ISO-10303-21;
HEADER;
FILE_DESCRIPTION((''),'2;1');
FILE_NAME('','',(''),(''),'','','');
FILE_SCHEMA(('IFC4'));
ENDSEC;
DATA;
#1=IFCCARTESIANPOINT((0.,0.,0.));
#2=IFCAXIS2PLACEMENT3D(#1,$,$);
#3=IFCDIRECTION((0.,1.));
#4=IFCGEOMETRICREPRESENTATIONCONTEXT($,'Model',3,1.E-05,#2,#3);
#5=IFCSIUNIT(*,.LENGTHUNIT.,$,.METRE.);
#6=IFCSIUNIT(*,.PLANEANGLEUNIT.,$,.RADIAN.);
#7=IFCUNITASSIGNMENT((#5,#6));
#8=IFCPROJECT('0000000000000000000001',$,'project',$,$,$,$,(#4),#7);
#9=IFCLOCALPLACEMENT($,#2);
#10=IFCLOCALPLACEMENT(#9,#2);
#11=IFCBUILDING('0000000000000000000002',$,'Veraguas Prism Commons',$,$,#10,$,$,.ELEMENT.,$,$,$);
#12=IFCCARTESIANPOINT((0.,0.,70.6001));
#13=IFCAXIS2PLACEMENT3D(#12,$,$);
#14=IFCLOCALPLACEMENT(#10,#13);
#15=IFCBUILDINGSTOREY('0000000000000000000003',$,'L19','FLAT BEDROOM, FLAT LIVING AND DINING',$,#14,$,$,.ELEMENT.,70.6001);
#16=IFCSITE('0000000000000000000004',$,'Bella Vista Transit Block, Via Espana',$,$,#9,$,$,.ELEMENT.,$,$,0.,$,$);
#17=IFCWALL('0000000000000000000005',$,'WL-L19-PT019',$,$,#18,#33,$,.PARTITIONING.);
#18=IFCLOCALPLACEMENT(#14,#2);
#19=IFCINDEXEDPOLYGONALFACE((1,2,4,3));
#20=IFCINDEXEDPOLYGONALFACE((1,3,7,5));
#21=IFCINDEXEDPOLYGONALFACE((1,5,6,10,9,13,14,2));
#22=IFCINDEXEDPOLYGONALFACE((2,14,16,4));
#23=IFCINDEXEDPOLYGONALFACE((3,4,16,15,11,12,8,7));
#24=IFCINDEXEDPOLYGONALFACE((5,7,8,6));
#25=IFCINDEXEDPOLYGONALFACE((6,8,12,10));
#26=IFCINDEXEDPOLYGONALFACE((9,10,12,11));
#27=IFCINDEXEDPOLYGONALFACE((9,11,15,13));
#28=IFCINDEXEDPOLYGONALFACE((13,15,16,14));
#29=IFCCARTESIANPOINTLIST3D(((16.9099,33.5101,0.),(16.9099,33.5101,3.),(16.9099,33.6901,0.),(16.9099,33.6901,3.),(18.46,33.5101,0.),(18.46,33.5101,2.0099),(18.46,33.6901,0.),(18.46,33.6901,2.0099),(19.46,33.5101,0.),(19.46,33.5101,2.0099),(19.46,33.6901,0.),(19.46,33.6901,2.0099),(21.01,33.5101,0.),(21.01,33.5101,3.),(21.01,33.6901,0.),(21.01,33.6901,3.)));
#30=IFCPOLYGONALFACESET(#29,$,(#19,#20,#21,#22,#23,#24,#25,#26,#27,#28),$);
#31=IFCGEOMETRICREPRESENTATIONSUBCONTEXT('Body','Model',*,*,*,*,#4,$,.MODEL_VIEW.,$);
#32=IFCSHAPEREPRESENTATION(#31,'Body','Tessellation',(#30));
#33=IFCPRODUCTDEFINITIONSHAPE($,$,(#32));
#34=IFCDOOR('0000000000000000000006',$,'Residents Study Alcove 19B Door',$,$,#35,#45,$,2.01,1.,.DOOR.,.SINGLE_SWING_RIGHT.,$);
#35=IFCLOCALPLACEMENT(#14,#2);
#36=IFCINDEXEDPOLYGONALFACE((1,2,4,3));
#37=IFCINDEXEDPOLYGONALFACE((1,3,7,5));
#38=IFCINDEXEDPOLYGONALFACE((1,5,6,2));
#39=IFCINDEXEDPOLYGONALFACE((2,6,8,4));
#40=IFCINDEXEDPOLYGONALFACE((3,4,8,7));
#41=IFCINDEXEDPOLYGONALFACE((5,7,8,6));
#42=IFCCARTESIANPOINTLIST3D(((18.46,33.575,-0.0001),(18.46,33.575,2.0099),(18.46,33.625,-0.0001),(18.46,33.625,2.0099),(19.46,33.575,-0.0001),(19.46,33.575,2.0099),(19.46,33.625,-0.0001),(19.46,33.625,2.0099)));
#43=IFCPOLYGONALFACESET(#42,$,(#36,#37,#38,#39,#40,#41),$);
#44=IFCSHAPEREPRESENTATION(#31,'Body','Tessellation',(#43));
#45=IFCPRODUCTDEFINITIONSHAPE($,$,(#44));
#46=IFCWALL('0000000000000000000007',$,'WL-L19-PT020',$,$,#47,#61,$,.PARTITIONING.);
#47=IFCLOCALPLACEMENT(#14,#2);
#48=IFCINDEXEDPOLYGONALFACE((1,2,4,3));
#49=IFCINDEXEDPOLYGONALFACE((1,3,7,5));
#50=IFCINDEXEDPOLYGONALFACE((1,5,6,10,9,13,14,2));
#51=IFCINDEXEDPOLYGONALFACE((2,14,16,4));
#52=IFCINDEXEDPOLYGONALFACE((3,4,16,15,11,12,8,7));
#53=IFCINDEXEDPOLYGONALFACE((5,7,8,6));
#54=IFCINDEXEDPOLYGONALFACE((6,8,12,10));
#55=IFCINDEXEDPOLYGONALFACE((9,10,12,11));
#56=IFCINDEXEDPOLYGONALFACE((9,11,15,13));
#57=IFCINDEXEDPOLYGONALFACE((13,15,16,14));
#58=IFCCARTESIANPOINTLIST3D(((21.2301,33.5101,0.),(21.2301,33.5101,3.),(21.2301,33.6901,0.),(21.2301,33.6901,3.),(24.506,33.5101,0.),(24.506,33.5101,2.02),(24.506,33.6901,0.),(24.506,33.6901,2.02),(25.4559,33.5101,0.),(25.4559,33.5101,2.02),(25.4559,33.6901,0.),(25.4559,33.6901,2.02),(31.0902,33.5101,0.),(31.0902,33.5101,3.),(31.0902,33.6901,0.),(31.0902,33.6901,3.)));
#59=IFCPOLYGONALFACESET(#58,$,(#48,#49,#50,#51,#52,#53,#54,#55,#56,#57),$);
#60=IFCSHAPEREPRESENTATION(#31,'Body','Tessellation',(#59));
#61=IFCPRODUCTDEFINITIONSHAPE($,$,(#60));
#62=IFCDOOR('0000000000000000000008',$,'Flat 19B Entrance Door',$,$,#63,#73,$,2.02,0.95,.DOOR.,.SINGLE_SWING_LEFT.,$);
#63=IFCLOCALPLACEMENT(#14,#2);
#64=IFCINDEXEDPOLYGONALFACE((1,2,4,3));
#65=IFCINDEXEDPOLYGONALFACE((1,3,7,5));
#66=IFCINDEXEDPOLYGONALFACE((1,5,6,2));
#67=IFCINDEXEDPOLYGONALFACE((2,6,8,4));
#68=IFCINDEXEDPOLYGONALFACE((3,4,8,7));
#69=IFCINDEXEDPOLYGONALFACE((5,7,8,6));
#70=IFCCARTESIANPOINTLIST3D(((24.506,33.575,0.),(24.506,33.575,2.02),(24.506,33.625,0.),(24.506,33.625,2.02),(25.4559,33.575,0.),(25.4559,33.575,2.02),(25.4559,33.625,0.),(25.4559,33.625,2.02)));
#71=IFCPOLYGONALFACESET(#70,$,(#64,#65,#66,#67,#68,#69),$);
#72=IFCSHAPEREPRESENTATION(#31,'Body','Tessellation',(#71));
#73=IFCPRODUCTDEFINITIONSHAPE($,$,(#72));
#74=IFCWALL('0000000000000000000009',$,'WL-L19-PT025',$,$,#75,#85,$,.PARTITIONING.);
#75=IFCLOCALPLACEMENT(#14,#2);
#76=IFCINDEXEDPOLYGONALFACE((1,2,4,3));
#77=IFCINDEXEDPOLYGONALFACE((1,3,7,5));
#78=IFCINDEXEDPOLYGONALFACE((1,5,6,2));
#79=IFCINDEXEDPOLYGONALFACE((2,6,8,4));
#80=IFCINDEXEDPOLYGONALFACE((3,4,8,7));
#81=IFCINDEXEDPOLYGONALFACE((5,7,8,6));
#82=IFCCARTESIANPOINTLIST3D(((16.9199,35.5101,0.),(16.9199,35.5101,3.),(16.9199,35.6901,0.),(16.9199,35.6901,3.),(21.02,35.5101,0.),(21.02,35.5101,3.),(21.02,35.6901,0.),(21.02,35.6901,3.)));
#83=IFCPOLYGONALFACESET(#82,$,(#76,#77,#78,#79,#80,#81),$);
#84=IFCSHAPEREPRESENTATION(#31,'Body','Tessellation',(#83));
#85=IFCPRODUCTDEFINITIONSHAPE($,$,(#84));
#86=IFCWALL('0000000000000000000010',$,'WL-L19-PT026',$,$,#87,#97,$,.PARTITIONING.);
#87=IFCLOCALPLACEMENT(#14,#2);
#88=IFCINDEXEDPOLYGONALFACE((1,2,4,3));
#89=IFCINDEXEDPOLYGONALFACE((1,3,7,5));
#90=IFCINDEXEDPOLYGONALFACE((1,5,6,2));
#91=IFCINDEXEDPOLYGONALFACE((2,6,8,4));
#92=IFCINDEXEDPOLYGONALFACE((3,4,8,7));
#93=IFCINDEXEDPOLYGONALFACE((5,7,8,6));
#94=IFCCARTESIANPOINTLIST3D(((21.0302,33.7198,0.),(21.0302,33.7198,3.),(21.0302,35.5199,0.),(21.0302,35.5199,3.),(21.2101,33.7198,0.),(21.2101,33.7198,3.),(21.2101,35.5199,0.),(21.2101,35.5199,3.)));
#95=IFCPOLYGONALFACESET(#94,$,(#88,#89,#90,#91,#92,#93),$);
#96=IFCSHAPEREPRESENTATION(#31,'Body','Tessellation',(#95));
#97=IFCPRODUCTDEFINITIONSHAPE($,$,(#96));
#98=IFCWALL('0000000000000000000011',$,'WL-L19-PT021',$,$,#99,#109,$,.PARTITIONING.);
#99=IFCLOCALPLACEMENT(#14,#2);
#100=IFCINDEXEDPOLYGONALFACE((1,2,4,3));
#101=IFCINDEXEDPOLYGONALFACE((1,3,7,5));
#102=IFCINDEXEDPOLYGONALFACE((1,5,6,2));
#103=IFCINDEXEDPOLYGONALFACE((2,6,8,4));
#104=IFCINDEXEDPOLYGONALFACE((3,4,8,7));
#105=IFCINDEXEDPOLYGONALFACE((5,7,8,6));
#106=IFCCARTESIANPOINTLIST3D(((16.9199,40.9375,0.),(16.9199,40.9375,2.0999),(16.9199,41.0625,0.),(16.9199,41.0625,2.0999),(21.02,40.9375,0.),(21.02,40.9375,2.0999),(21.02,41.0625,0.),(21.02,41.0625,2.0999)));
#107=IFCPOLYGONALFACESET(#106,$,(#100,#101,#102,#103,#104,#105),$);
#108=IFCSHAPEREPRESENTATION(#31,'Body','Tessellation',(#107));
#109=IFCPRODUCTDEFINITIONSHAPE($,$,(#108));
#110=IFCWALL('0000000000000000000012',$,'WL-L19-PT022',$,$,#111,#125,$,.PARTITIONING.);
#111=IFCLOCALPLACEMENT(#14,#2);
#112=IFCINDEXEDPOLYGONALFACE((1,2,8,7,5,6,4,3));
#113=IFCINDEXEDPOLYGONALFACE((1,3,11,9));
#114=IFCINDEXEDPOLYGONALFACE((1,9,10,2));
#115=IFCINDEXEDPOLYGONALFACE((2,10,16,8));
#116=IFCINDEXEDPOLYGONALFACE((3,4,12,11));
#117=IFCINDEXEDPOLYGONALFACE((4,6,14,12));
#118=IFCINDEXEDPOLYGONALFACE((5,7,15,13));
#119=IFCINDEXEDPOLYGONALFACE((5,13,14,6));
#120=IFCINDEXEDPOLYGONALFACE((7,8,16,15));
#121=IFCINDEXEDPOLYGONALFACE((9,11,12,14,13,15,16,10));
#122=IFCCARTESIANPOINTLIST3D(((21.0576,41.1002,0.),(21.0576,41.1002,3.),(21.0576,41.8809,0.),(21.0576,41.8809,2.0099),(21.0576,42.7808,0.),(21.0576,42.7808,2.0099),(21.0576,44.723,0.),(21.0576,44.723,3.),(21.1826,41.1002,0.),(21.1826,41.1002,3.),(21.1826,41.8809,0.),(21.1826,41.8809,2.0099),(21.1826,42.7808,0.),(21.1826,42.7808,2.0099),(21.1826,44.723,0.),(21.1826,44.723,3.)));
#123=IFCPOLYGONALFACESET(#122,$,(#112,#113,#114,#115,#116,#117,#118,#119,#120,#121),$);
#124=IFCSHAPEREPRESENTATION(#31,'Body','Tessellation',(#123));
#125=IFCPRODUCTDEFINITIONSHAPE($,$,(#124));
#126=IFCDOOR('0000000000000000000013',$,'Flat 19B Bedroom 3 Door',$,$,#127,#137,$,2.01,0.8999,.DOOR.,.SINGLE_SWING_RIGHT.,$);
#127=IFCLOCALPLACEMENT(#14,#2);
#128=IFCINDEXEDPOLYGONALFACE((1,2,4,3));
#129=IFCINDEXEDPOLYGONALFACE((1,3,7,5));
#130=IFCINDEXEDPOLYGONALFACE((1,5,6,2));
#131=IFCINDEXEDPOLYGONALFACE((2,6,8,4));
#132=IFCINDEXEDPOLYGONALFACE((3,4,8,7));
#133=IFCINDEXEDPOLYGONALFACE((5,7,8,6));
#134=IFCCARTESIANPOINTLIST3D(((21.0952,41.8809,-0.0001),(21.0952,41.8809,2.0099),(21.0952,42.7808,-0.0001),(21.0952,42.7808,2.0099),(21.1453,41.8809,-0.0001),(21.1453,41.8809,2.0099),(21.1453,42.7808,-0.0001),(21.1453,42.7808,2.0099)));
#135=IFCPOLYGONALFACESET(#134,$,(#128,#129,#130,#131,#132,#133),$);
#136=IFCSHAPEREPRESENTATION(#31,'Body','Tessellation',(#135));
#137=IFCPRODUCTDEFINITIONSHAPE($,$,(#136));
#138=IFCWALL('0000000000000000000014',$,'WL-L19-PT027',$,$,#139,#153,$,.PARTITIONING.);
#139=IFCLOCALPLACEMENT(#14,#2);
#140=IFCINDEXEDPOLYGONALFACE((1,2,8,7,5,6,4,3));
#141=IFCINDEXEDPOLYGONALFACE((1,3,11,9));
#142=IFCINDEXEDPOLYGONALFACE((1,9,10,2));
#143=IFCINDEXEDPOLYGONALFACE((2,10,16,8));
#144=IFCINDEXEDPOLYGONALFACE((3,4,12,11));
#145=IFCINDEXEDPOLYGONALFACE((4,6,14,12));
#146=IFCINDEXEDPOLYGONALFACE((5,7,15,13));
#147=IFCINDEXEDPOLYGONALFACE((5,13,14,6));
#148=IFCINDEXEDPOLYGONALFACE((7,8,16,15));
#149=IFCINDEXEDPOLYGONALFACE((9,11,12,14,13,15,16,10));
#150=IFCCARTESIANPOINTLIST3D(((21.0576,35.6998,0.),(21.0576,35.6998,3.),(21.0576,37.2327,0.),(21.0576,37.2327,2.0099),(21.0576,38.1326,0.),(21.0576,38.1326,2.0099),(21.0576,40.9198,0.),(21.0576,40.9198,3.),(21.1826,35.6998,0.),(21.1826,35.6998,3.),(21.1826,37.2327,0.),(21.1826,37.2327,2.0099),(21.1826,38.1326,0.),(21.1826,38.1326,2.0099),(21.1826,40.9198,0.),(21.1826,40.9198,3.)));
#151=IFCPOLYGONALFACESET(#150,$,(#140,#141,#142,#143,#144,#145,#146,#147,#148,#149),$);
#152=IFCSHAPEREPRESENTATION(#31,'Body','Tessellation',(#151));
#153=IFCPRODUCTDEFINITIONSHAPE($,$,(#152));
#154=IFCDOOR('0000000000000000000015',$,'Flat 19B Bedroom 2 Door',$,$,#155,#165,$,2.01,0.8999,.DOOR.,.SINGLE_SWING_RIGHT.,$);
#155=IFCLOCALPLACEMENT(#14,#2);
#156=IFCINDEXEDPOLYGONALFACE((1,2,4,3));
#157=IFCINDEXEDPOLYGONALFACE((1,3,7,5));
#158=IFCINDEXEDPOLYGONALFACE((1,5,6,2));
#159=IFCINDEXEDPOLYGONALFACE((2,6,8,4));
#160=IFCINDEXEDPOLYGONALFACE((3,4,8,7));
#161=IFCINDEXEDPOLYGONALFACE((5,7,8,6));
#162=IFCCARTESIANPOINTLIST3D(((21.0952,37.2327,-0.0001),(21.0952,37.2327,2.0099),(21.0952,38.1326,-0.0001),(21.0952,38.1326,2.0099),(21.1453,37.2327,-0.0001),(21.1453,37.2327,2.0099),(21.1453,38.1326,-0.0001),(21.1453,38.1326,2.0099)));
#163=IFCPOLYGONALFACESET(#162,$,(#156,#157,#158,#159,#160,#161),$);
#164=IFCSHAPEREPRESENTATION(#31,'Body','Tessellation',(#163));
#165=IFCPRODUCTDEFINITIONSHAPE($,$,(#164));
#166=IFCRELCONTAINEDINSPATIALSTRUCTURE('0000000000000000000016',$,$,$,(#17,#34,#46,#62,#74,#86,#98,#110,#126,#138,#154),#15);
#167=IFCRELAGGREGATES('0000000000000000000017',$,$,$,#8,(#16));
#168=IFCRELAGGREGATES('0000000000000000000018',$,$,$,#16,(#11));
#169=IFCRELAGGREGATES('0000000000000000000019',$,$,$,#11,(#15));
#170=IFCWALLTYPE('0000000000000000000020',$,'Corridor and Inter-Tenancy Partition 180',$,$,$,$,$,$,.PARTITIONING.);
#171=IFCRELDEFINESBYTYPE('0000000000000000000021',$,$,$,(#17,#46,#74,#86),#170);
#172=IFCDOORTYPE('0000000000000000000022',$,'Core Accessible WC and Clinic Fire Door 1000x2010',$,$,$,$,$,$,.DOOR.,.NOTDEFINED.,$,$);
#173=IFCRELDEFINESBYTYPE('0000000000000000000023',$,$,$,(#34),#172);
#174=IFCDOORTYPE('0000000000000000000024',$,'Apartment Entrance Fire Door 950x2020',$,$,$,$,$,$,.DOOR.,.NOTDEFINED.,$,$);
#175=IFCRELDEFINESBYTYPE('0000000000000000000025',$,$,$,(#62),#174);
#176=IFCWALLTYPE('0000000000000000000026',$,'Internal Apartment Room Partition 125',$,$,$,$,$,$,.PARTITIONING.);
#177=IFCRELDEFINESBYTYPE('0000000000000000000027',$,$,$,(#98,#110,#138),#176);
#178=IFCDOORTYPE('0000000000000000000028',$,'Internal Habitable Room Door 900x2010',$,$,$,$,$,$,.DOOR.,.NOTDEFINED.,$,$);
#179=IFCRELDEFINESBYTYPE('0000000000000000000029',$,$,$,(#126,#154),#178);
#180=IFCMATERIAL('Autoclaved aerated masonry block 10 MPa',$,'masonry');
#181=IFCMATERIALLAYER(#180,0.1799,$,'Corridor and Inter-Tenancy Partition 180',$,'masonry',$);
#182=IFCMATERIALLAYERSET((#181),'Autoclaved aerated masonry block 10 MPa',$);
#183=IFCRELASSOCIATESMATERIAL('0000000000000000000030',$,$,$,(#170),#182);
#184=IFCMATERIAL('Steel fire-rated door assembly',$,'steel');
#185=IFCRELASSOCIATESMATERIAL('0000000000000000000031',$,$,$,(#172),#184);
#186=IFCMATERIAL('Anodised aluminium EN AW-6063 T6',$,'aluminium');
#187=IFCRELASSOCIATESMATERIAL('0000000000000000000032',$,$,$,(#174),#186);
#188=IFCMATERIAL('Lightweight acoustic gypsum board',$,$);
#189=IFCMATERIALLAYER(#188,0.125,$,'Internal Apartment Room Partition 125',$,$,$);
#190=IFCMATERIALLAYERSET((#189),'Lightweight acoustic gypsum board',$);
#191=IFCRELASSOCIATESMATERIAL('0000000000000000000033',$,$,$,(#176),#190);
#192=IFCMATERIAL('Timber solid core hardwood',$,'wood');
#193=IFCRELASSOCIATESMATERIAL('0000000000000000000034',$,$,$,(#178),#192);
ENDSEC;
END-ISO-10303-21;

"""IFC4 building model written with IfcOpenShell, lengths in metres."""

from ifc_helpers import new_model, si_unit, direction, frame, frame_2d, origin, place, context, subcontext, project, spatial, rectangle, extrude, source, transform, mapped, material, layer, layer_set, type_object, element, fill, save


model = new_model("IFC4")

# Units and contexts
model_context = context("Model", 3, precision=1e-05, world=origin(), true_north=direction((0.0, 1.0)))
body_context = subcontext(model_context, "Body", "Model", "MODEL_VIEW")
ifc_project = project(units=[si_unit("LENGTHUNIT", "METRE"), si_unit("PLANEANGLEUNIT", "RADIAN")], contexts=[model_context])

# Site, building, storey
site_placement = place(None, origin())
site = spatial("IfcSite", under=ifc_project, at=site_placement, Name="Bella Vista Transit Block, Via Espana", CompositionType="ELEMENT", RefElevation=0.0)
building_placement = place(site_placement, origin())
building = spatial("IfcBuilding", under=site, at=building_placement, Name="Veraguas Prism Commons", CompositionType="ELEMENT")
storey_placement = place(building_placement, frame((0.0, 0.0, 70.6001)))
storey = spatial("IfcBuildingStorey", under=building, at=storey_placement, Name="L19", Description="FLAT BEDROOM, FLAT LIVING AND DINING", CompositionType="ELEMENT", Elevation=70.6001)

# Shared definitions
ifc_material_1 = material(Name="Anodised aluminium EN AW-6063 T6", Category="aluminium")

# Shared definitions
ifc_material_2 = material(Name="Autoclaved aerated masonry block 10 MPa", Category="masonry")
ifc_layer_1 = layer(ifc_material_2, 0.1799, Name="Corridor and Inter-Tenancy Partition 180", Category="masonry")
ifc_layer_set_1 = layer_set([ifc_layer_1], Name="Autoclaved aerated masonry block 10 MPa")
wall_type_1 = type_object("IfcWallType", Name="Corridor and Inter-Tenancy Partition 180", PredefinedType="PARTITIONING", material=ifc_layer_set_1)

# Walls, openings, doors
wall_1_placement = place(storey_placement, frame((16.9099, 33.6001, 0.0), z_axis=(0.0, 0.0, 1.0), x_axis=(1.0, 0.0, 0.0)))
wall_1 = element("IfcWall", 1, at=wall_1_placement, inside=storey, type_object=wall_type_1, Name="WL-L19-PT019", PredefinedType="PARTITIONING", context=body_context, shape_type="SweptSolid", body=[
    extrude(rectangle(XDim=4.1001, YDim=0.1799, at=frame_2d((2.05, 0.0))), origin(), (0.0, 0.0, 1.0), 3.0),
])
opening_1_placement = place(wall_1_placement, frame((1.55, 0.0, 0.0)))
opening_1 = element("IfcOpeningElement", 2, at=opening_1_placement, cuts=wall_1, PredefinedType="OPENING", context=body_context, shape_type="SweptSolid", body=[
    extrude(rectangle(XDim=1.0, YDim=2.01, at=frame_2d((0.5, 1.0049))), frame((0.0, 0.0999, 0.0), z_axis=(0.0, -1.0, 0.0), x_axis=(1.0, 0.0, 0.0)), (0.0, 0.0, 1.0), 0.2),
])
ifc_material_3 = material(Name="Steel fire-rated door assembly", Category="steel")
door_type_1 = type_object("IfcDoorType", Name="Core Accessible WC and Clinic Fire Door 1000x2010", OperationType="NOTDEFINED", PredefinedType="DOOR", material=ifc_material_3)
shared_shape_1 = source(origin(), body_context, "Body", "SweptSolid", [
    extrude(rectangle(XDim=1.0, YDim=2.01, at=frame_2d((0.5, 1.0049))), frame((0.0, 0.0249, 0.0), z_axis=(0.0, -1.0, 0.0), x_axis=(1.0, 0.0, 0.0)), (0.0, 0.0, 1.0), 0.05),
])
door_1_placement = place(opening_1_placement, origin())
door_1 = element("IfcDoor", 3, at=door_1_placement, inside=storey, type_object=door_type_1, Name="Residents Study Alcove 19B Door", OperationType="SINGLE_SWING_RIGHT", OverallHeight=2.01, OverallWidth=1.0, PredefinedType="DOOR", context=body_context, shape_type="MappedRepresentation", body=[
    mapped(shared_shape_1, transform((0.0, 0.0, 0.0), scale=1.0)),
])
fill(opening_1, door_1)
wall_2_placement = place(storey_placement, frame((21.23, 33.6001, 0.0), z_axis=(0.0, 0.0, 1.0), x_axis=(1.0, 0.0, 0.0)))
wall_2 = element("IfcWall", 4, at=wall_2_placement, inside=storey, type_object=wall_type_1, Name="WL-L19-PT020", PredefinedType="PARTITIONING", context=body_context, shape_type="SweptSolid", body=[
    extrude(rectangle(XDim=9.8601, YDim=0.1799, at=frame_2d((4.9302, 0.0))), origin(), (0.0, 0.0, 1.0), 3.0),
])
opening_2_placement = place(wall_2_placement, frame((3.2759, 0.0, 0.0)))
opening_2 = element("IfcOpeningElement", 5, at=opening_2_placement, cuts=wall_2, PredefinedType="OPENING", context=body_context, shape_type="SweptSolid", body=[
    extrude(rectangle(XDim=0.95, YDim=2.02, at=frame_2d((0.4751, 1.01))), frame((0.0, 0.0999, 0.0), z_axis=(0.0, -1.0, 0.0), x_axis=(1.0, 0.0, 0.0)), (0.0, 0.0, 1.0), 0.2),
])
door_type_2 = type_object("IfcDoorType", Name="Apartment Entrance Fire Door 950x2020", OperationType="NOTDEFINED", PredefinedType="DOOR", material=ifc_material_1)
shared_shape_2 = source(origin(), body_context, "Body", "SweptSolid", [
    extrude(rectangle(XDim=0.95, YDim=2.02, at=frame_2d((0.4751, 1.01))), frame((0.0, 0.0249, 0.0), z_axis=(0.0, -1.0, 0.0), x_axis=(1.0, 0.0, 0.0)), (0.0, 0.0, 1.0), 0.05),
])
door_2_placement = place(opening_2_placement, origin())
door_2 = element("IfcDoor", 6, at=door_2_placement, inside=storey, type_object=door_type_2, Name="Flat 19B Entrance Door", OperationType="SINGLE_SWING_LEFT", OverallHeight=2.02, OverallWidth=0.95, PredefinedType="DOOR", context=body_context, shape_type="MappedRepresentation", body=[
    mapped(shared_shape_2, transform((0.0, 0.0, 0.0), scale=1.0)),
])
fill(opening_2, door_2)

# Walls
wall_3_placement = place(storey_placement, frame((16.9199, 35.6001, 0.0), z_axis=(0.0, 0.0, 1.0), x_axis=(1.0, 0.0, 0.0)))
element("IfcWall", 7, at=wall_3_placement, inside=storey, type_object=wall_type_1, Name="WL-L19-PT025", PredefinedType="PARTITIONING", context=body_context, shape_type="SweptSolid", body=[
    extrude(rectangle(XDim=4.1001, YDim=0.1799, at=frame_2d((2.05, 0.0))), origin(), (0.0, 0.0, 1.0), 3.0),
])
wall_4_placement = place(storey_placement, frame((21.1201, 33.72, 0.0), z_axis=(0.0, 0.0, 1.0), x_axis=(0.0, 1.0, 0.0)))
element("IfcWall", 8, at=wall_4_placement, inside=storey, type_object=wall_type_1, Name="WL-L19-PT026", PredefinedType="PARTITIONING", context=body_context, shape_type="SweptSolid", body=[
    extrude(rectangle(XDim=1.8, YDim=0.1799, at=frame_2d((0.8999, 0.0))), origin(), (0.0, 0.0, 1.0), 3.0),
])
ifc_material_4 = material(Name="Lightweight acoustic gypsum board")
ifc_layer_2 = layer(ifc_material_4, 0.125, Name="Internal Apartment Room Partition 125")
ifc_layer_set_2 = layer_set([ifc_layer_2], Name="Lightweight acoustic gypsum board")
wall_type_2 = type_object("IfcWallType", Name="Internal Apartment Room Partition 125", PredefinedType="PARTITIONING", material=ifc_layer_set_2)
wall_5_placement = place(storey_placement, frame((16.9199, 41.0, 0.0), z_axis=(0.0, 0.0, 1.0), x_axis=(1.0, 0.0, 0.0)))
element("IfcWall", 9, at=wall_5_placement, inside=storey, type_object=wall_type_2, Name="WL-L19-PT021", PredefinedType="PARTITIONING", context=body_context, shape_type="SweptSolid", body=[
    extrude(rectangle(XDim=4.1001, YDim=0.125, at=frame_2d((2.05, 0.0))), origin(), (0.0, 0.0, 1.0), 2.0999),
])

# Walls, openings, doors
wall_6_placement = place(storey_placement, frame((21.1201, 41.1001, 0.0), z_axis=(0.0, 0.0, 1.0), x_axis=(0.0, 1.0, 0.0)))
wall_6 = element("IfcWall", 10, at=wall_6_placement, inside=storey, type_object=wall_type_2, Name="WL-L19-PT022", PredefinedType="PARTITIONING", context=body_context, shape_type="SweptSolid", body=[
    extrude(rectangle(XDim=3.6228, YDim=0.125, at=frame_2d((1.8115, 0.0))), origin(), (0.0, 0.0, 1.0), 3.0),
])
opening_3_placement = place(wall_6_placement, frame((0.7808, 0.0, 0.0)))
opening_3 = element("IfcOpeningElement", 11, at=opening_3_placement, cuts=wall_6, PredefinedType="OPENING", context=body_context, shape_type="SweptSolid", body=[
    extrude(rectangle(XDim=0.8999, YDim=2.01, at=frame_2d((0.45, 1.0049))), frame((0.0, 0.0725, 0.0), z_axis=(0.0, -1.0, 0.0), x_axis=(1.0, 0.0, 0.0)), (0.0, 0.0, 1.0), 0.145),
])
ifc_material_5 = material(Name="Timber solid core hardwood", Category="wood")
door_type_3 = type_object("IfcDoorType", Name="Internal Habitable Room Door 900x2010", OperationType="NOTDEFINED", PredefinedType="DOOR", material=ifc_material_5)
shared_shape_3 = source(origin(), body_context, "Body", "SweptSolid", [
    extrude(rectangle(XDim=0.8999, YDim=2.01, at=frame_2d((0.45, 1.0049))), frame((0.0, 0.0249, 0.0), z_axis=(0.0, -1.0, 0.0), x_axis=(1.0, 0.0, 0.0)), (0.0, 0.0, 1.0), 0.05),
])
door_3_placement = place(opening_3_placement, origin())
door_3 = element("IfcDoor", 12, at=door_3_placement, inside=storey, type_object=door_type_3, Name="Flat 19B Bedroom 3 Door", OperationType="SINGLE_SWING_RIGHT", OverallHeight=2.01, OverallWidth=0.8999, PredefinedType="DOOR", context=body_context, shape_type="MappedRepresentation", body=[
    mapped(shared_shape_3, transform((0.0, 0.0, 0.0), scale=1.0)),
])
fill(opening_3, door_3)
wall_7_placement = place(storey_placement, frame((21.1201, 35.7, 0.0), z_axis=(0.0, 0.0, 1.0), x_axis=(0.0, 1.0, 0.0)))
wall_7 = element("IfcWall", 13, at=wall_7_placement, inside=storey, type_object=wall_type_2, Name="WL-L19-PT027", PredefinedType="PARTITIONING", context=body_context, shape_type="SweptSolid", body=[
    extrude(rectangle(XDim=5.22, YDim=0.125, at=frame_2d((2.6099, 0.0))), origin(), (0.0, 0.0, 1.0), 3.0),
])
opening_4_placement = place(wall_7_placement, frame((1.5327, 0.0, 0.0)))
opening_4 = element("IfcOpeningElement", 14, at=opening_4_placement, cuts=wall_7, PredefinedType="OPENING", context=body_context, shape_type="SweptSolid", body=[
    extrude(rectangle(XDim=0.8999, YDim=2.01, at=frame_2d((0.45, 1.0049))), frame((0.0, 0.0725, 0.0), z_axis=(0.0, -1.0, 0.0), x_axis=(1.0, 0.0, 0.0)), (0.0, 0.0, 1.0), 0.145),
])
door_4_placement = place(opening_4_placement, origin())
door_4 = element("IfcDoor", 15, at=door_4_placement, inside=storey, type_object=door_type_3, Name="Flat 19B Bedroom 2 Door", OperationType="SINGLE_SWING_RIGHT", OverallHeight=2.01, OverallWidth=0.8999, PredefinedType="DOOR", context=body_context, shape_type="MappedRepresentation", body=[
    mapped(shared_shape_3, transform((0.0, 0.0, 0.0), scale=1.0)),
])
fill(opening_4, door_4)

save(model, "model.ifc")
